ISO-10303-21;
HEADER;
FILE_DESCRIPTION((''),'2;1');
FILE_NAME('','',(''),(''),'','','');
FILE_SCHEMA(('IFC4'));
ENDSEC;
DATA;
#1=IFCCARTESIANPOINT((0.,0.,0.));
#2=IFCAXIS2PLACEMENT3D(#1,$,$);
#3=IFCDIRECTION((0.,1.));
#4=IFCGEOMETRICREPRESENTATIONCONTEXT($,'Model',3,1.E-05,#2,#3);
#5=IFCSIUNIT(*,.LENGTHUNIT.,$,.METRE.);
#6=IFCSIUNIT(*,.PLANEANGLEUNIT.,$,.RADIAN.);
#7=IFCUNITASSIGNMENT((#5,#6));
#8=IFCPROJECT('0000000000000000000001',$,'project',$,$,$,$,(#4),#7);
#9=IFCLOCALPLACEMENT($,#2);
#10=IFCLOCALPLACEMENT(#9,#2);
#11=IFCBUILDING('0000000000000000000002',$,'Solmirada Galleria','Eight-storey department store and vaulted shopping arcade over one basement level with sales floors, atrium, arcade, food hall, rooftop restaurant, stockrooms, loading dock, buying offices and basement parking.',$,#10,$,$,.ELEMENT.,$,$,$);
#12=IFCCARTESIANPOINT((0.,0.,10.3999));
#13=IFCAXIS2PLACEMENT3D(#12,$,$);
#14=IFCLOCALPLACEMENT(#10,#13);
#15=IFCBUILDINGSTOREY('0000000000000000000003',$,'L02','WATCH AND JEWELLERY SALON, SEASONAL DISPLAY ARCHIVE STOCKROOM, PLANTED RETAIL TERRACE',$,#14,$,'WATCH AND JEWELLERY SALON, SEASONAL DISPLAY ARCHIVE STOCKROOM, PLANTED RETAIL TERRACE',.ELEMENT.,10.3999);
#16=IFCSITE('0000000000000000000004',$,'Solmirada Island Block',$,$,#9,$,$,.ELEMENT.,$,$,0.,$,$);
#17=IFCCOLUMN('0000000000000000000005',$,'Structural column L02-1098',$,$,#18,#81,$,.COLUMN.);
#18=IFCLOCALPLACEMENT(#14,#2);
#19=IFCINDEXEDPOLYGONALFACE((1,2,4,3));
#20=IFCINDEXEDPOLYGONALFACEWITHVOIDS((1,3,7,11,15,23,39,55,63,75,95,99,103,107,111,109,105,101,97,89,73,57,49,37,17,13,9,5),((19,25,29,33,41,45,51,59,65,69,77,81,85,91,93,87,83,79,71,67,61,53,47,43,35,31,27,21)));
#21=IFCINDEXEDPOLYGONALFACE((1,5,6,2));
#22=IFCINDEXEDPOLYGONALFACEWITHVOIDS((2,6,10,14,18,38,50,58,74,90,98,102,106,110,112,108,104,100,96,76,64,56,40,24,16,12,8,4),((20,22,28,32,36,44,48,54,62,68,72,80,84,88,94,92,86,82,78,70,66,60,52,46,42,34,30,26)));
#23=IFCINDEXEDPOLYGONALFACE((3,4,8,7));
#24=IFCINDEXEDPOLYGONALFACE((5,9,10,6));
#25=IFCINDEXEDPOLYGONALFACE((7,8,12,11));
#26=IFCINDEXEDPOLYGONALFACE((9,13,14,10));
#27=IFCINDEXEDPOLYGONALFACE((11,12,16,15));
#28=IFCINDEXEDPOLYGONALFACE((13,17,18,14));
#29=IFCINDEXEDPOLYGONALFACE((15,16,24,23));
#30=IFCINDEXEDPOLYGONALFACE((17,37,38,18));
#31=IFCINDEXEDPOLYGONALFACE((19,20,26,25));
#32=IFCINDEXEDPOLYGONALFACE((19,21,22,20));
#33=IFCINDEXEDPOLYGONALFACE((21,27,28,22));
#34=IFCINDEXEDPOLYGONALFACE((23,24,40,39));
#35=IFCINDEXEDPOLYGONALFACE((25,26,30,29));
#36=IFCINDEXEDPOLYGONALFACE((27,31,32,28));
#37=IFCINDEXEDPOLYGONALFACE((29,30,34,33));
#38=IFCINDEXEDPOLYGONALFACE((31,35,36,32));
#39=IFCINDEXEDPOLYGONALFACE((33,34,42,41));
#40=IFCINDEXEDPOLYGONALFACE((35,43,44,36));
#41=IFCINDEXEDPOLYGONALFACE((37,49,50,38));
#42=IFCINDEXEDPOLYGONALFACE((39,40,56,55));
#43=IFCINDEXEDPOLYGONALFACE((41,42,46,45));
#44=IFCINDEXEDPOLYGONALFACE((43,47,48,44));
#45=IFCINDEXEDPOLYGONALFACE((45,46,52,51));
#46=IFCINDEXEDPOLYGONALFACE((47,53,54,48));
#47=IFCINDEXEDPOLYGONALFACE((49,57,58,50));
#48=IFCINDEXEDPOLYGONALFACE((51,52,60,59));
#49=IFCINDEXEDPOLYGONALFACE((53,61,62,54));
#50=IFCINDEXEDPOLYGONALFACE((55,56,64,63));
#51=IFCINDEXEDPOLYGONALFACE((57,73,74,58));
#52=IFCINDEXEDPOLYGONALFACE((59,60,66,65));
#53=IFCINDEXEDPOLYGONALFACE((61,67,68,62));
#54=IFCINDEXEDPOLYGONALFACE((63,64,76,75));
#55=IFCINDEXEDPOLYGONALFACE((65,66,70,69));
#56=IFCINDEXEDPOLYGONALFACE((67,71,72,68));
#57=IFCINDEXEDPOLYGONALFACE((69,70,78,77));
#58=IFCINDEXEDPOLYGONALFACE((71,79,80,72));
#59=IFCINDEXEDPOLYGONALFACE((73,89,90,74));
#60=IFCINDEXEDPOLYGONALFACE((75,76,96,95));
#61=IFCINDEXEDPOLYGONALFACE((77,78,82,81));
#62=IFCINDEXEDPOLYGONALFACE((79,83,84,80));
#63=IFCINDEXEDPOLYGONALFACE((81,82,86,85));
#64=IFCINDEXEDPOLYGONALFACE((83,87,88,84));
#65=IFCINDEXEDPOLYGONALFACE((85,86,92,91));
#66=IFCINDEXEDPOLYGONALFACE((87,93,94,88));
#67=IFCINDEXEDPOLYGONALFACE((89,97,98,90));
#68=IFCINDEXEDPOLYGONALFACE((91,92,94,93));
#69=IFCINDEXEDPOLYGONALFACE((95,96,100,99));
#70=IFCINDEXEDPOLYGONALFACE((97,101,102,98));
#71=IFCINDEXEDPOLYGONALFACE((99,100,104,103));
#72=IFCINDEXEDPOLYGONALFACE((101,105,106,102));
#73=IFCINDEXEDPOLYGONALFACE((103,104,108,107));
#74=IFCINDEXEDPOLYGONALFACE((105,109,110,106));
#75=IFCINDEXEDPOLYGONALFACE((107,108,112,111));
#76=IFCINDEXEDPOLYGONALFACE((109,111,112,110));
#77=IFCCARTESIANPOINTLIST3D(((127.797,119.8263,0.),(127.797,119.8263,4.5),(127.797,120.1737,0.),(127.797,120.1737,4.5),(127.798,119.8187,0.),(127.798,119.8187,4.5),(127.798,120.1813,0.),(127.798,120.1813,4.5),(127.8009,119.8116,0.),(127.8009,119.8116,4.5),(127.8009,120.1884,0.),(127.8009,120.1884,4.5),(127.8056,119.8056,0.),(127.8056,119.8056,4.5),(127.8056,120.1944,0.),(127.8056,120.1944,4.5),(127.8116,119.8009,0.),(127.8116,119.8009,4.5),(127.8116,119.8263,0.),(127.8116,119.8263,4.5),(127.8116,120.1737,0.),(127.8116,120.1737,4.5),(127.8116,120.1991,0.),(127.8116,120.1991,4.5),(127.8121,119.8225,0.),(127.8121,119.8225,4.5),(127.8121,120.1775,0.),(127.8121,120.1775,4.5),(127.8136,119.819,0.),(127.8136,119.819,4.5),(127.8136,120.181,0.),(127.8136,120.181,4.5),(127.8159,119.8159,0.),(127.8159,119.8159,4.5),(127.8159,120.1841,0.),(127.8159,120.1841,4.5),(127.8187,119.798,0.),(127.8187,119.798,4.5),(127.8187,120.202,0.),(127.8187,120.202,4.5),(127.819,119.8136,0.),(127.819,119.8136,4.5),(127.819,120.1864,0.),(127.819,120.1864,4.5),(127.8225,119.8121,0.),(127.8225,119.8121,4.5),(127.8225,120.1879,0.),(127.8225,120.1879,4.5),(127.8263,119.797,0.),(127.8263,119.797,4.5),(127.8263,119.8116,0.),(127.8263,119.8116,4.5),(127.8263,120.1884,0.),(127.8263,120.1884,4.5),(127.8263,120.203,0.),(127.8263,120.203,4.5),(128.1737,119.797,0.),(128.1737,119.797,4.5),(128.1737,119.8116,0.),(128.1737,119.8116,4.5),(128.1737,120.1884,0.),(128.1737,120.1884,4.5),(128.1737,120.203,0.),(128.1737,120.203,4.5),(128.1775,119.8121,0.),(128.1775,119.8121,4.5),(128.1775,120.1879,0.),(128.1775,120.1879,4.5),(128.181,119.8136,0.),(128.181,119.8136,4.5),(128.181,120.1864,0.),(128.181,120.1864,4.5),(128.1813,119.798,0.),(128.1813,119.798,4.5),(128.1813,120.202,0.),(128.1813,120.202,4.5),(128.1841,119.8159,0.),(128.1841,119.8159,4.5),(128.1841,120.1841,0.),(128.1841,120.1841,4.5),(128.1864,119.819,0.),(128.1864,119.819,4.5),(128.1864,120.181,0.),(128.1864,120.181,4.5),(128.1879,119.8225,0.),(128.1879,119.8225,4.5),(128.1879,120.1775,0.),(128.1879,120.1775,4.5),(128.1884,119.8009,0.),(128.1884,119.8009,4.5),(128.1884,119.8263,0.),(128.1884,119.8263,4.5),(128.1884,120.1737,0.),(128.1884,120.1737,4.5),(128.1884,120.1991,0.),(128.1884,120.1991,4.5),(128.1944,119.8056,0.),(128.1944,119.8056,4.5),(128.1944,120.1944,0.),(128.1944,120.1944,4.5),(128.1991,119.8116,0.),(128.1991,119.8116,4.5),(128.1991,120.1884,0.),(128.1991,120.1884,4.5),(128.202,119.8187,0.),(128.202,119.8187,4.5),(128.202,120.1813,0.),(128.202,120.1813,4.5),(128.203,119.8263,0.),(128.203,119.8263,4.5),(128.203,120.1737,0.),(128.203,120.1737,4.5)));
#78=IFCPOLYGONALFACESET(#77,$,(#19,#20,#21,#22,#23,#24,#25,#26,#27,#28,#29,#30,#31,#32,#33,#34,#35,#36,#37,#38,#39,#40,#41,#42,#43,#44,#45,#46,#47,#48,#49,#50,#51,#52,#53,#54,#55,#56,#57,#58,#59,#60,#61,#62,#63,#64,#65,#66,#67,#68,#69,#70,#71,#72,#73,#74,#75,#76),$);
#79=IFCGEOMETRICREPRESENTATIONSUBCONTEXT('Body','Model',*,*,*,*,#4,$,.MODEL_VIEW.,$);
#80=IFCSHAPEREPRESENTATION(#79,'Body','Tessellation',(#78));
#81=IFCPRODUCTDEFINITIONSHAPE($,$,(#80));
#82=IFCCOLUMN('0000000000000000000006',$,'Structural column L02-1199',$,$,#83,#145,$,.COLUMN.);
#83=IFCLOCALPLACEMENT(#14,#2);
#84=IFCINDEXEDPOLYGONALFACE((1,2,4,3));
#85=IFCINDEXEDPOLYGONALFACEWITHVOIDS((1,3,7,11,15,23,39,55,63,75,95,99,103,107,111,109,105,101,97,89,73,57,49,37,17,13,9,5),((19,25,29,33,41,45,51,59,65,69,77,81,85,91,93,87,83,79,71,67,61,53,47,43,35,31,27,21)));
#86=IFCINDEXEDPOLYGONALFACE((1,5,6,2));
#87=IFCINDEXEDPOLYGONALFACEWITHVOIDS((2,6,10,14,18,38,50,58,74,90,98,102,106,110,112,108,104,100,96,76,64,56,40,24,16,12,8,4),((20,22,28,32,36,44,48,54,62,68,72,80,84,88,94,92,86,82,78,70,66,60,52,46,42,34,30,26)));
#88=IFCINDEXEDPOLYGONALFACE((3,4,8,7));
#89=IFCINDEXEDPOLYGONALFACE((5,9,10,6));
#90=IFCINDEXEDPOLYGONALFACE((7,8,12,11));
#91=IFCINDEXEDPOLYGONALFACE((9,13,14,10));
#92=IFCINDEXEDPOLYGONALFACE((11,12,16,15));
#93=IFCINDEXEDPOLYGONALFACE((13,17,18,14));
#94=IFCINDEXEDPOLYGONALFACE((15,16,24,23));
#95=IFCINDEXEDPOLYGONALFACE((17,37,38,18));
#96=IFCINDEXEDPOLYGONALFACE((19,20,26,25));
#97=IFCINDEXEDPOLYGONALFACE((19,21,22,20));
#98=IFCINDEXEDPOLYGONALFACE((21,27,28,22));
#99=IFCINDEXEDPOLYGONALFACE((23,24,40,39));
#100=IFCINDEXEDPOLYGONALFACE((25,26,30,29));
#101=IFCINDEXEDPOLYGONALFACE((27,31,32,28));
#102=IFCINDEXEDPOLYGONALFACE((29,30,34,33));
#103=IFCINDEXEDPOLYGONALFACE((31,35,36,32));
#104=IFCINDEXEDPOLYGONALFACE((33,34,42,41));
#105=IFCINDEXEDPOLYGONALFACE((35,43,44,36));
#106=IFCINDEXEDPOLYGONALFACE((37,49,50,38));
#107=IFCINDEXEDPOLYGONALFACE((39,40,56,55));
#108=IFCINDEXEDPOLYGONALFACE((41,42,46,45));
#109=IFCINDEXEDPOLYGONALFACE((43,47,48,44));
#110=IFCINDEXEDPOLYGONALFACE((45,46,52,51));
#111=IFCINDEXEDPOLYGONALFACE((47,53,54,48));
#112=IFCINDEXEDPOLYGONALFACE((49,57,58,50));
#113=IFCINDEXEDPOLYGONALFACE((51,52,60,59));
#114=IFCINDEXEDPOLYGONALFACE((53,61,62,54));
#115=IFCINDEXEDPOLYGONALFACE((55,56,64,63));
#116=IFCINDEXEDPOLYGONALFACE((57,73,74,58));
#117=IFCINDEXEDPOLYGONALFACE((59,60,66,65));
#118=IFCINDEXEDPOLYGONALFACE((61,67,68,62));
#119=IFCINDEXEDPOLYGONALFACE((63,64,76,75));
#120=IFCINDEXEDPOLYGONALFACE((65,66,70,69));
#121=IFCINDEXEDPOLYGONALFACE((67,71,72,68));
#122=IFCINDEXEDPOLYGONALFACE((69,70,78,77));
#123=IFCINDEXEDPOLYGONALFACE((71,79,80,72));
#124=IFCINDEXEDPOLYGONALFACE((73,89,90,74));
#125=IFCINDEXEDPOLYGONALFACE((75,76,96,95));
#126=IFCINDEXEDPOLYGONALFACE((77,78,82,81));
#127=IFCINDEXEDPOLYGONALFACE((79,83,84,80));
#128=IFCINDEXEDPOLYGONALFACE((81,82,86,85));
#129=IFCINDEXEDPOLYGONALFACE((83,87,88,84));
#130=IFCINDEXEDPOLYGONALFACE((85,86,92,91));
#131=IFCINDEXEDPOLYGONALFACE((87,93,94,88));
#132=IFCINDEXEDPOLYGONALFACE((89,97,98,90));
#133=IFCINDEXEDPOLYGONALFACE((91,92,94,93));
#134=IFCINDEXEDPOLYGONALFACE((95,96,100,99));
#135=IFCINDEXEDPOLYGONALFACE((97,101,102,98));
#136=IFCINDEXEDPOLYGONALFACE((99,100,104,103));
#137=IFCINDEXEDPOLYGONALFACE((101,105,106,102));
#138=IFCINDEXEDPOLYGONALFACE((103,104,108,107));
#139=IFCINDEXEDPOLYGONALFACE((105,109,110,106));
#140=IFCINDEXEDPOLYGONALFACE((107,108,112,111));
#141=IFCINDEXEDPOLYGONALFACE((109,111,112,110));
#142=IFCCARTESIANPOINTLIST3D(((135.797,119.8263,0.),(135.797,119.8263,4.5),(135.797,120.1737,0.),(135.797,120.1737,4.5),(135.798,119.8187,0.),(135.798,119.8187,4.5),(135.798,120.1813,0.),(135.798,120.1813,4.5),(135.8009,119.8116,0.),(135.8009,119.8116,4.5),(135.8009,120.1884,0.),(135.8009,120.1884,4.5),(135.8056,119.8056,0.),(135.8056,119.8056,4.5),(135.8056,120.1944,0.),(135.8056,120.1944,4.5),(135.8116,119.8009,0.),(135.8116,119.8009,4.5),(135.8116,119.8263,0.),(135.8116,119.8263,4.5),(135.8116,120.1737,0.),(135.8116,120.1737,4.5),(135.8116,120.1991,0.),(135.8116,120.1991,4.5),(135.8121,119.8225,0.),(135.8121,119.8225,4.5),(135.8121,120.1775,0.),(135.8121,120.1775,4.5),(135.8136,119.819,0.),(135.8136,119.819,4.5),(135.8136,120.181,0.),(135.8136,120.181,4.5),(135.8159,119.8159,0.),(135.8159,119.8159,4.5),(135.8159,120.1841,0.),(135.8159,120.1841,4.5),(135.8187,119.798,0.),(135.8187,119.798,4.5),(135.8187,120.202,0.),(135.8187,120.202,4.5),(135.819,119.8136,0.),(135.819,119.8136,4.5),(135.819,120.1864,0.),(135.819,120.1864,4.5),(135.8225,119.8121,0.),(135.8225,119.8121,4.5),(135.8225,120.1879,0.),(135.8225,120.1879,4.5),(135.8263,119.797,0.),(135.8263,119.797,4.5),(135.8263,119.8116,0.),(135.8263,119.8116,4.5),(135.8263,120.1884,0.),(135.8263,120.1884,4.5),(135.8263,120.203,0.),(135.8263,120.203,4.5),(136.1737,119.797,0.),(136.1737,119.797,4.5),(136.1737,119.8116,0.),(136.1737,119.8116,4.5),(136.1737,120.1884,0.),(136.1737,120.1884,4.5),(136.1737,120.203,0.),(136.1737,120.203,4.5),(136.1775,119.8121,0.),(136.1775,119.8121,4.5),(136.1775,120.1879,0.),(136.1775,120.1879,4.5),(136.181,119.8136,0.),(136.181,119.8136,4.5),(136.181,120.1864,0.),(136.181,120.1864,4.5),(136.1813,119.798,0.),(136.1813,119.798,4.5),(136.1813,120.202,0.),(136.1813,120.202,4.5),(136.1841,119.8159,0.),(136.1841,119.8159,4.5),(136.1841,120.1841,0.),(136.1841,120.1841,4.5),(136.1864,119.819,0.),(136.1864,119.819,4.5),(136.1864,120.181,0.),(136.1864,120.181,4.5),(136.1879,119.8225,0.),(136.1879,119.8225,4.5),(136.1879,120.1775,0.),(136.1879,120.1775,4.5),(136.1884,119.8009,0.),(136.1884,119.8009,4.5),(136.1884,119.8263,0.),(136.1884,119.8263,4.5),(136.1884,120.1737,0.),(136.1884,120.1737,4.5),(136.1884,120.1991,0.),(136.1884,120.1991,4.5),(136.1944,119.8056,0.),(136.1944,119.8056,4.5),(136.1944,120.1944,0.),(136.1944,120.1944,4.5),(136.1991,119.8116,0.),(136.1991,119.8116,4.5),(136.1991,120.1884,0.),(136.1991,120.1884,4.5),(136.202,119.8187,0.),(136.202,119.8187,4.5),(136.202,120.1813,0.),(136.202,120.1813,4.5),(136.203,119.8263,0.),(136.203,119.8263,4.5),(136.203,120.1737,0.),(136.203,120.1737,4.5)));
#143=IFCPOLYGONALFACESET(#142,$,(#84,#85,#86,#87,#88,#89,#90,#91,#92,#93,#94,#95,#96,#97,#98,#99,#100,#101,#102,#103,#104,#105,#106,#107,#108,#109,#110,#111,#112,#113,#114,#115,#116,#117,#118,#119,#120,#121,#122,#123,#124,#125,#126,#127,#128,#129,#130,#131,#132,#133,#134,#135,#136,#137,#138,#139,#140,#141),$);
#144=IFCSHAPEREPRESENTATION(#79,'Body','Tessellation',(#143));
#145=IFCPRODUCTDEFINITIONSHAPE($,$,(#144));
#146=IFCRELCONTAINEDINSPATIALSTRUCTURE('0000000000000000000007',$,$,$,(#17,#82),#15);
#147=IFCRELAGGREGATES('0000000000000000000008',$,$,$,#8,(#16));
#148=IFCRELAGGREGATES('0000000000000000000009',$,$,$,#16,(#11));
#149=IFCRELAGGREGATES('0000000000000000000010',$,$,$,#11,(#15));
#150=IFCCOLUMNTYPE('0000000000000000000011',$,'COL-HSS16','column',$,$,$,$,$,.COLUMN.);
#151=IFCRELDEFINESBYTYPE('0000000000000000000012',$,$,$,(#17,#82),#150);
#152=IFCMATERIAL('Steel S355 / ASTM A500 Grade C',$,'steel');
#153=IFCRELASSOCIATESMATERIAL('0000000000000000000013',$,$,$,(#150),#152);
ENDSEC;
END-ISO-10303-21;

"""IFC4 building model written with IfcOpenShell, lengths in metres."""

from ifc_helpers import new_model, si_unit, direction, frame, origin, origin_2d, place, context, subcontext, project, spatial, hollow_rectangle, extrude, material, material_profile, profile_set, type_object, element, save


model = new_model("IFC4")

# Units and contexts
model_context = context("Model", 3, precision=1e-05, world=origin(), true_north=direction((0.0, 1.0)))
body_context = subcontext(model_context, "Body", "Model", "MODEL_VIEW")
ifc_project = project(units=[si_unit("LENGTHUNIT", "METRE"), si_unit("PLANEANGLEUNIT", "RADIAN")], contexts=[model_context])

# Site, building, storey
site_placement = place(None, origin())
site = spatial("IfcSite", under=ifc_project, at=site_placement, Name="Solmirada Island Block", CompositionType="ELEMENT", RefElevation=0.0)
building_placement = place(site_placement, origin())
building = spatial("IfcBuilding", under=site, at=building_placement, Name="Solmirada Galleria", Description="Eight-storey department store and vaulted shopping arcade over one basement level with sales floors, atrium, arcade, food hall, rooftop restaurant, stockrooms, loading dock, buying offices and basement parking.", CompositionType="ELEMENT")
storey_placement = place(building_placement, frame((0.0, 0.0, 10.3999)))
storey = spatial("IfcBuildingStorey", under=building, at=storey_placement, Name="L02", Description="WATCH AND JEWELLERY SALON, SEASONAL DISPLAY ARCHIVE STOCKROOM, PLANTED RETAIL TERRACE", LongName="WATCH AND JEWELLERY SALON, SEASONAL DISPLAY ARCHIVE STOCKROOM, PLANTED RETAIL TERRACE", CompositionType="ELEMENT", Elevation=10.3999)

# Columns
ifc_material_1 = material(Name="Steel S355 / ASTM A500 Grade C", Category="steel")
ifc_material_profile_1 = material_profile(ifc_material_1, hollow_rectangle(XDim=0.406, YDim=0.406, WallThickness=0.0146, InnerFilletRadius=0.0146, OuterFilletRadius=0.0293, at=origin_2d()), Name="HSS16X16X5/8")
ifc_profile_set_1 = profile_set([ifc_material_profile_1], Name="Steel S355 / ASTM A500 Grade C")
column_type = type_object("IfcColumnType", Name="COL-HSS16", Description="column", PredefinedType="COLUMN", material=ifc_profile_set_1)
for number, where, z_axis, x_axis, name in (
    (1, (128.0, 120.0, 0.0), (0.0, 0.0, 1.0), (1.0, 0.0, 0.0), "Structural column L02-1098"),
    (2, (136.0, 120.0, 0.0), (0.0, 0.0, 1.0), (1.0, 0.0, 0.0), "Structural column L02-1199"),
):
    element("IfcColumn", number, at=place(storey_placement, frame(where, z_axis=z_axis, x_axis=x_axis)), inside=storey, type_object=column_type, Name=name, PredefinedType="COLUMN", context=body_context, shape_type="SweptSolid", body=[
        extrude(hollow_rectangle(XDim=0.406, YDim=0.406, WallThickness=0.0146, InnerFilletRadius=0.0146, OuterFilletRadius=0.0293, at=origin_2d()), origin(), (0.0, 0.0, 1.0), 4.5),
    ])

save(model, "model.ifc")
